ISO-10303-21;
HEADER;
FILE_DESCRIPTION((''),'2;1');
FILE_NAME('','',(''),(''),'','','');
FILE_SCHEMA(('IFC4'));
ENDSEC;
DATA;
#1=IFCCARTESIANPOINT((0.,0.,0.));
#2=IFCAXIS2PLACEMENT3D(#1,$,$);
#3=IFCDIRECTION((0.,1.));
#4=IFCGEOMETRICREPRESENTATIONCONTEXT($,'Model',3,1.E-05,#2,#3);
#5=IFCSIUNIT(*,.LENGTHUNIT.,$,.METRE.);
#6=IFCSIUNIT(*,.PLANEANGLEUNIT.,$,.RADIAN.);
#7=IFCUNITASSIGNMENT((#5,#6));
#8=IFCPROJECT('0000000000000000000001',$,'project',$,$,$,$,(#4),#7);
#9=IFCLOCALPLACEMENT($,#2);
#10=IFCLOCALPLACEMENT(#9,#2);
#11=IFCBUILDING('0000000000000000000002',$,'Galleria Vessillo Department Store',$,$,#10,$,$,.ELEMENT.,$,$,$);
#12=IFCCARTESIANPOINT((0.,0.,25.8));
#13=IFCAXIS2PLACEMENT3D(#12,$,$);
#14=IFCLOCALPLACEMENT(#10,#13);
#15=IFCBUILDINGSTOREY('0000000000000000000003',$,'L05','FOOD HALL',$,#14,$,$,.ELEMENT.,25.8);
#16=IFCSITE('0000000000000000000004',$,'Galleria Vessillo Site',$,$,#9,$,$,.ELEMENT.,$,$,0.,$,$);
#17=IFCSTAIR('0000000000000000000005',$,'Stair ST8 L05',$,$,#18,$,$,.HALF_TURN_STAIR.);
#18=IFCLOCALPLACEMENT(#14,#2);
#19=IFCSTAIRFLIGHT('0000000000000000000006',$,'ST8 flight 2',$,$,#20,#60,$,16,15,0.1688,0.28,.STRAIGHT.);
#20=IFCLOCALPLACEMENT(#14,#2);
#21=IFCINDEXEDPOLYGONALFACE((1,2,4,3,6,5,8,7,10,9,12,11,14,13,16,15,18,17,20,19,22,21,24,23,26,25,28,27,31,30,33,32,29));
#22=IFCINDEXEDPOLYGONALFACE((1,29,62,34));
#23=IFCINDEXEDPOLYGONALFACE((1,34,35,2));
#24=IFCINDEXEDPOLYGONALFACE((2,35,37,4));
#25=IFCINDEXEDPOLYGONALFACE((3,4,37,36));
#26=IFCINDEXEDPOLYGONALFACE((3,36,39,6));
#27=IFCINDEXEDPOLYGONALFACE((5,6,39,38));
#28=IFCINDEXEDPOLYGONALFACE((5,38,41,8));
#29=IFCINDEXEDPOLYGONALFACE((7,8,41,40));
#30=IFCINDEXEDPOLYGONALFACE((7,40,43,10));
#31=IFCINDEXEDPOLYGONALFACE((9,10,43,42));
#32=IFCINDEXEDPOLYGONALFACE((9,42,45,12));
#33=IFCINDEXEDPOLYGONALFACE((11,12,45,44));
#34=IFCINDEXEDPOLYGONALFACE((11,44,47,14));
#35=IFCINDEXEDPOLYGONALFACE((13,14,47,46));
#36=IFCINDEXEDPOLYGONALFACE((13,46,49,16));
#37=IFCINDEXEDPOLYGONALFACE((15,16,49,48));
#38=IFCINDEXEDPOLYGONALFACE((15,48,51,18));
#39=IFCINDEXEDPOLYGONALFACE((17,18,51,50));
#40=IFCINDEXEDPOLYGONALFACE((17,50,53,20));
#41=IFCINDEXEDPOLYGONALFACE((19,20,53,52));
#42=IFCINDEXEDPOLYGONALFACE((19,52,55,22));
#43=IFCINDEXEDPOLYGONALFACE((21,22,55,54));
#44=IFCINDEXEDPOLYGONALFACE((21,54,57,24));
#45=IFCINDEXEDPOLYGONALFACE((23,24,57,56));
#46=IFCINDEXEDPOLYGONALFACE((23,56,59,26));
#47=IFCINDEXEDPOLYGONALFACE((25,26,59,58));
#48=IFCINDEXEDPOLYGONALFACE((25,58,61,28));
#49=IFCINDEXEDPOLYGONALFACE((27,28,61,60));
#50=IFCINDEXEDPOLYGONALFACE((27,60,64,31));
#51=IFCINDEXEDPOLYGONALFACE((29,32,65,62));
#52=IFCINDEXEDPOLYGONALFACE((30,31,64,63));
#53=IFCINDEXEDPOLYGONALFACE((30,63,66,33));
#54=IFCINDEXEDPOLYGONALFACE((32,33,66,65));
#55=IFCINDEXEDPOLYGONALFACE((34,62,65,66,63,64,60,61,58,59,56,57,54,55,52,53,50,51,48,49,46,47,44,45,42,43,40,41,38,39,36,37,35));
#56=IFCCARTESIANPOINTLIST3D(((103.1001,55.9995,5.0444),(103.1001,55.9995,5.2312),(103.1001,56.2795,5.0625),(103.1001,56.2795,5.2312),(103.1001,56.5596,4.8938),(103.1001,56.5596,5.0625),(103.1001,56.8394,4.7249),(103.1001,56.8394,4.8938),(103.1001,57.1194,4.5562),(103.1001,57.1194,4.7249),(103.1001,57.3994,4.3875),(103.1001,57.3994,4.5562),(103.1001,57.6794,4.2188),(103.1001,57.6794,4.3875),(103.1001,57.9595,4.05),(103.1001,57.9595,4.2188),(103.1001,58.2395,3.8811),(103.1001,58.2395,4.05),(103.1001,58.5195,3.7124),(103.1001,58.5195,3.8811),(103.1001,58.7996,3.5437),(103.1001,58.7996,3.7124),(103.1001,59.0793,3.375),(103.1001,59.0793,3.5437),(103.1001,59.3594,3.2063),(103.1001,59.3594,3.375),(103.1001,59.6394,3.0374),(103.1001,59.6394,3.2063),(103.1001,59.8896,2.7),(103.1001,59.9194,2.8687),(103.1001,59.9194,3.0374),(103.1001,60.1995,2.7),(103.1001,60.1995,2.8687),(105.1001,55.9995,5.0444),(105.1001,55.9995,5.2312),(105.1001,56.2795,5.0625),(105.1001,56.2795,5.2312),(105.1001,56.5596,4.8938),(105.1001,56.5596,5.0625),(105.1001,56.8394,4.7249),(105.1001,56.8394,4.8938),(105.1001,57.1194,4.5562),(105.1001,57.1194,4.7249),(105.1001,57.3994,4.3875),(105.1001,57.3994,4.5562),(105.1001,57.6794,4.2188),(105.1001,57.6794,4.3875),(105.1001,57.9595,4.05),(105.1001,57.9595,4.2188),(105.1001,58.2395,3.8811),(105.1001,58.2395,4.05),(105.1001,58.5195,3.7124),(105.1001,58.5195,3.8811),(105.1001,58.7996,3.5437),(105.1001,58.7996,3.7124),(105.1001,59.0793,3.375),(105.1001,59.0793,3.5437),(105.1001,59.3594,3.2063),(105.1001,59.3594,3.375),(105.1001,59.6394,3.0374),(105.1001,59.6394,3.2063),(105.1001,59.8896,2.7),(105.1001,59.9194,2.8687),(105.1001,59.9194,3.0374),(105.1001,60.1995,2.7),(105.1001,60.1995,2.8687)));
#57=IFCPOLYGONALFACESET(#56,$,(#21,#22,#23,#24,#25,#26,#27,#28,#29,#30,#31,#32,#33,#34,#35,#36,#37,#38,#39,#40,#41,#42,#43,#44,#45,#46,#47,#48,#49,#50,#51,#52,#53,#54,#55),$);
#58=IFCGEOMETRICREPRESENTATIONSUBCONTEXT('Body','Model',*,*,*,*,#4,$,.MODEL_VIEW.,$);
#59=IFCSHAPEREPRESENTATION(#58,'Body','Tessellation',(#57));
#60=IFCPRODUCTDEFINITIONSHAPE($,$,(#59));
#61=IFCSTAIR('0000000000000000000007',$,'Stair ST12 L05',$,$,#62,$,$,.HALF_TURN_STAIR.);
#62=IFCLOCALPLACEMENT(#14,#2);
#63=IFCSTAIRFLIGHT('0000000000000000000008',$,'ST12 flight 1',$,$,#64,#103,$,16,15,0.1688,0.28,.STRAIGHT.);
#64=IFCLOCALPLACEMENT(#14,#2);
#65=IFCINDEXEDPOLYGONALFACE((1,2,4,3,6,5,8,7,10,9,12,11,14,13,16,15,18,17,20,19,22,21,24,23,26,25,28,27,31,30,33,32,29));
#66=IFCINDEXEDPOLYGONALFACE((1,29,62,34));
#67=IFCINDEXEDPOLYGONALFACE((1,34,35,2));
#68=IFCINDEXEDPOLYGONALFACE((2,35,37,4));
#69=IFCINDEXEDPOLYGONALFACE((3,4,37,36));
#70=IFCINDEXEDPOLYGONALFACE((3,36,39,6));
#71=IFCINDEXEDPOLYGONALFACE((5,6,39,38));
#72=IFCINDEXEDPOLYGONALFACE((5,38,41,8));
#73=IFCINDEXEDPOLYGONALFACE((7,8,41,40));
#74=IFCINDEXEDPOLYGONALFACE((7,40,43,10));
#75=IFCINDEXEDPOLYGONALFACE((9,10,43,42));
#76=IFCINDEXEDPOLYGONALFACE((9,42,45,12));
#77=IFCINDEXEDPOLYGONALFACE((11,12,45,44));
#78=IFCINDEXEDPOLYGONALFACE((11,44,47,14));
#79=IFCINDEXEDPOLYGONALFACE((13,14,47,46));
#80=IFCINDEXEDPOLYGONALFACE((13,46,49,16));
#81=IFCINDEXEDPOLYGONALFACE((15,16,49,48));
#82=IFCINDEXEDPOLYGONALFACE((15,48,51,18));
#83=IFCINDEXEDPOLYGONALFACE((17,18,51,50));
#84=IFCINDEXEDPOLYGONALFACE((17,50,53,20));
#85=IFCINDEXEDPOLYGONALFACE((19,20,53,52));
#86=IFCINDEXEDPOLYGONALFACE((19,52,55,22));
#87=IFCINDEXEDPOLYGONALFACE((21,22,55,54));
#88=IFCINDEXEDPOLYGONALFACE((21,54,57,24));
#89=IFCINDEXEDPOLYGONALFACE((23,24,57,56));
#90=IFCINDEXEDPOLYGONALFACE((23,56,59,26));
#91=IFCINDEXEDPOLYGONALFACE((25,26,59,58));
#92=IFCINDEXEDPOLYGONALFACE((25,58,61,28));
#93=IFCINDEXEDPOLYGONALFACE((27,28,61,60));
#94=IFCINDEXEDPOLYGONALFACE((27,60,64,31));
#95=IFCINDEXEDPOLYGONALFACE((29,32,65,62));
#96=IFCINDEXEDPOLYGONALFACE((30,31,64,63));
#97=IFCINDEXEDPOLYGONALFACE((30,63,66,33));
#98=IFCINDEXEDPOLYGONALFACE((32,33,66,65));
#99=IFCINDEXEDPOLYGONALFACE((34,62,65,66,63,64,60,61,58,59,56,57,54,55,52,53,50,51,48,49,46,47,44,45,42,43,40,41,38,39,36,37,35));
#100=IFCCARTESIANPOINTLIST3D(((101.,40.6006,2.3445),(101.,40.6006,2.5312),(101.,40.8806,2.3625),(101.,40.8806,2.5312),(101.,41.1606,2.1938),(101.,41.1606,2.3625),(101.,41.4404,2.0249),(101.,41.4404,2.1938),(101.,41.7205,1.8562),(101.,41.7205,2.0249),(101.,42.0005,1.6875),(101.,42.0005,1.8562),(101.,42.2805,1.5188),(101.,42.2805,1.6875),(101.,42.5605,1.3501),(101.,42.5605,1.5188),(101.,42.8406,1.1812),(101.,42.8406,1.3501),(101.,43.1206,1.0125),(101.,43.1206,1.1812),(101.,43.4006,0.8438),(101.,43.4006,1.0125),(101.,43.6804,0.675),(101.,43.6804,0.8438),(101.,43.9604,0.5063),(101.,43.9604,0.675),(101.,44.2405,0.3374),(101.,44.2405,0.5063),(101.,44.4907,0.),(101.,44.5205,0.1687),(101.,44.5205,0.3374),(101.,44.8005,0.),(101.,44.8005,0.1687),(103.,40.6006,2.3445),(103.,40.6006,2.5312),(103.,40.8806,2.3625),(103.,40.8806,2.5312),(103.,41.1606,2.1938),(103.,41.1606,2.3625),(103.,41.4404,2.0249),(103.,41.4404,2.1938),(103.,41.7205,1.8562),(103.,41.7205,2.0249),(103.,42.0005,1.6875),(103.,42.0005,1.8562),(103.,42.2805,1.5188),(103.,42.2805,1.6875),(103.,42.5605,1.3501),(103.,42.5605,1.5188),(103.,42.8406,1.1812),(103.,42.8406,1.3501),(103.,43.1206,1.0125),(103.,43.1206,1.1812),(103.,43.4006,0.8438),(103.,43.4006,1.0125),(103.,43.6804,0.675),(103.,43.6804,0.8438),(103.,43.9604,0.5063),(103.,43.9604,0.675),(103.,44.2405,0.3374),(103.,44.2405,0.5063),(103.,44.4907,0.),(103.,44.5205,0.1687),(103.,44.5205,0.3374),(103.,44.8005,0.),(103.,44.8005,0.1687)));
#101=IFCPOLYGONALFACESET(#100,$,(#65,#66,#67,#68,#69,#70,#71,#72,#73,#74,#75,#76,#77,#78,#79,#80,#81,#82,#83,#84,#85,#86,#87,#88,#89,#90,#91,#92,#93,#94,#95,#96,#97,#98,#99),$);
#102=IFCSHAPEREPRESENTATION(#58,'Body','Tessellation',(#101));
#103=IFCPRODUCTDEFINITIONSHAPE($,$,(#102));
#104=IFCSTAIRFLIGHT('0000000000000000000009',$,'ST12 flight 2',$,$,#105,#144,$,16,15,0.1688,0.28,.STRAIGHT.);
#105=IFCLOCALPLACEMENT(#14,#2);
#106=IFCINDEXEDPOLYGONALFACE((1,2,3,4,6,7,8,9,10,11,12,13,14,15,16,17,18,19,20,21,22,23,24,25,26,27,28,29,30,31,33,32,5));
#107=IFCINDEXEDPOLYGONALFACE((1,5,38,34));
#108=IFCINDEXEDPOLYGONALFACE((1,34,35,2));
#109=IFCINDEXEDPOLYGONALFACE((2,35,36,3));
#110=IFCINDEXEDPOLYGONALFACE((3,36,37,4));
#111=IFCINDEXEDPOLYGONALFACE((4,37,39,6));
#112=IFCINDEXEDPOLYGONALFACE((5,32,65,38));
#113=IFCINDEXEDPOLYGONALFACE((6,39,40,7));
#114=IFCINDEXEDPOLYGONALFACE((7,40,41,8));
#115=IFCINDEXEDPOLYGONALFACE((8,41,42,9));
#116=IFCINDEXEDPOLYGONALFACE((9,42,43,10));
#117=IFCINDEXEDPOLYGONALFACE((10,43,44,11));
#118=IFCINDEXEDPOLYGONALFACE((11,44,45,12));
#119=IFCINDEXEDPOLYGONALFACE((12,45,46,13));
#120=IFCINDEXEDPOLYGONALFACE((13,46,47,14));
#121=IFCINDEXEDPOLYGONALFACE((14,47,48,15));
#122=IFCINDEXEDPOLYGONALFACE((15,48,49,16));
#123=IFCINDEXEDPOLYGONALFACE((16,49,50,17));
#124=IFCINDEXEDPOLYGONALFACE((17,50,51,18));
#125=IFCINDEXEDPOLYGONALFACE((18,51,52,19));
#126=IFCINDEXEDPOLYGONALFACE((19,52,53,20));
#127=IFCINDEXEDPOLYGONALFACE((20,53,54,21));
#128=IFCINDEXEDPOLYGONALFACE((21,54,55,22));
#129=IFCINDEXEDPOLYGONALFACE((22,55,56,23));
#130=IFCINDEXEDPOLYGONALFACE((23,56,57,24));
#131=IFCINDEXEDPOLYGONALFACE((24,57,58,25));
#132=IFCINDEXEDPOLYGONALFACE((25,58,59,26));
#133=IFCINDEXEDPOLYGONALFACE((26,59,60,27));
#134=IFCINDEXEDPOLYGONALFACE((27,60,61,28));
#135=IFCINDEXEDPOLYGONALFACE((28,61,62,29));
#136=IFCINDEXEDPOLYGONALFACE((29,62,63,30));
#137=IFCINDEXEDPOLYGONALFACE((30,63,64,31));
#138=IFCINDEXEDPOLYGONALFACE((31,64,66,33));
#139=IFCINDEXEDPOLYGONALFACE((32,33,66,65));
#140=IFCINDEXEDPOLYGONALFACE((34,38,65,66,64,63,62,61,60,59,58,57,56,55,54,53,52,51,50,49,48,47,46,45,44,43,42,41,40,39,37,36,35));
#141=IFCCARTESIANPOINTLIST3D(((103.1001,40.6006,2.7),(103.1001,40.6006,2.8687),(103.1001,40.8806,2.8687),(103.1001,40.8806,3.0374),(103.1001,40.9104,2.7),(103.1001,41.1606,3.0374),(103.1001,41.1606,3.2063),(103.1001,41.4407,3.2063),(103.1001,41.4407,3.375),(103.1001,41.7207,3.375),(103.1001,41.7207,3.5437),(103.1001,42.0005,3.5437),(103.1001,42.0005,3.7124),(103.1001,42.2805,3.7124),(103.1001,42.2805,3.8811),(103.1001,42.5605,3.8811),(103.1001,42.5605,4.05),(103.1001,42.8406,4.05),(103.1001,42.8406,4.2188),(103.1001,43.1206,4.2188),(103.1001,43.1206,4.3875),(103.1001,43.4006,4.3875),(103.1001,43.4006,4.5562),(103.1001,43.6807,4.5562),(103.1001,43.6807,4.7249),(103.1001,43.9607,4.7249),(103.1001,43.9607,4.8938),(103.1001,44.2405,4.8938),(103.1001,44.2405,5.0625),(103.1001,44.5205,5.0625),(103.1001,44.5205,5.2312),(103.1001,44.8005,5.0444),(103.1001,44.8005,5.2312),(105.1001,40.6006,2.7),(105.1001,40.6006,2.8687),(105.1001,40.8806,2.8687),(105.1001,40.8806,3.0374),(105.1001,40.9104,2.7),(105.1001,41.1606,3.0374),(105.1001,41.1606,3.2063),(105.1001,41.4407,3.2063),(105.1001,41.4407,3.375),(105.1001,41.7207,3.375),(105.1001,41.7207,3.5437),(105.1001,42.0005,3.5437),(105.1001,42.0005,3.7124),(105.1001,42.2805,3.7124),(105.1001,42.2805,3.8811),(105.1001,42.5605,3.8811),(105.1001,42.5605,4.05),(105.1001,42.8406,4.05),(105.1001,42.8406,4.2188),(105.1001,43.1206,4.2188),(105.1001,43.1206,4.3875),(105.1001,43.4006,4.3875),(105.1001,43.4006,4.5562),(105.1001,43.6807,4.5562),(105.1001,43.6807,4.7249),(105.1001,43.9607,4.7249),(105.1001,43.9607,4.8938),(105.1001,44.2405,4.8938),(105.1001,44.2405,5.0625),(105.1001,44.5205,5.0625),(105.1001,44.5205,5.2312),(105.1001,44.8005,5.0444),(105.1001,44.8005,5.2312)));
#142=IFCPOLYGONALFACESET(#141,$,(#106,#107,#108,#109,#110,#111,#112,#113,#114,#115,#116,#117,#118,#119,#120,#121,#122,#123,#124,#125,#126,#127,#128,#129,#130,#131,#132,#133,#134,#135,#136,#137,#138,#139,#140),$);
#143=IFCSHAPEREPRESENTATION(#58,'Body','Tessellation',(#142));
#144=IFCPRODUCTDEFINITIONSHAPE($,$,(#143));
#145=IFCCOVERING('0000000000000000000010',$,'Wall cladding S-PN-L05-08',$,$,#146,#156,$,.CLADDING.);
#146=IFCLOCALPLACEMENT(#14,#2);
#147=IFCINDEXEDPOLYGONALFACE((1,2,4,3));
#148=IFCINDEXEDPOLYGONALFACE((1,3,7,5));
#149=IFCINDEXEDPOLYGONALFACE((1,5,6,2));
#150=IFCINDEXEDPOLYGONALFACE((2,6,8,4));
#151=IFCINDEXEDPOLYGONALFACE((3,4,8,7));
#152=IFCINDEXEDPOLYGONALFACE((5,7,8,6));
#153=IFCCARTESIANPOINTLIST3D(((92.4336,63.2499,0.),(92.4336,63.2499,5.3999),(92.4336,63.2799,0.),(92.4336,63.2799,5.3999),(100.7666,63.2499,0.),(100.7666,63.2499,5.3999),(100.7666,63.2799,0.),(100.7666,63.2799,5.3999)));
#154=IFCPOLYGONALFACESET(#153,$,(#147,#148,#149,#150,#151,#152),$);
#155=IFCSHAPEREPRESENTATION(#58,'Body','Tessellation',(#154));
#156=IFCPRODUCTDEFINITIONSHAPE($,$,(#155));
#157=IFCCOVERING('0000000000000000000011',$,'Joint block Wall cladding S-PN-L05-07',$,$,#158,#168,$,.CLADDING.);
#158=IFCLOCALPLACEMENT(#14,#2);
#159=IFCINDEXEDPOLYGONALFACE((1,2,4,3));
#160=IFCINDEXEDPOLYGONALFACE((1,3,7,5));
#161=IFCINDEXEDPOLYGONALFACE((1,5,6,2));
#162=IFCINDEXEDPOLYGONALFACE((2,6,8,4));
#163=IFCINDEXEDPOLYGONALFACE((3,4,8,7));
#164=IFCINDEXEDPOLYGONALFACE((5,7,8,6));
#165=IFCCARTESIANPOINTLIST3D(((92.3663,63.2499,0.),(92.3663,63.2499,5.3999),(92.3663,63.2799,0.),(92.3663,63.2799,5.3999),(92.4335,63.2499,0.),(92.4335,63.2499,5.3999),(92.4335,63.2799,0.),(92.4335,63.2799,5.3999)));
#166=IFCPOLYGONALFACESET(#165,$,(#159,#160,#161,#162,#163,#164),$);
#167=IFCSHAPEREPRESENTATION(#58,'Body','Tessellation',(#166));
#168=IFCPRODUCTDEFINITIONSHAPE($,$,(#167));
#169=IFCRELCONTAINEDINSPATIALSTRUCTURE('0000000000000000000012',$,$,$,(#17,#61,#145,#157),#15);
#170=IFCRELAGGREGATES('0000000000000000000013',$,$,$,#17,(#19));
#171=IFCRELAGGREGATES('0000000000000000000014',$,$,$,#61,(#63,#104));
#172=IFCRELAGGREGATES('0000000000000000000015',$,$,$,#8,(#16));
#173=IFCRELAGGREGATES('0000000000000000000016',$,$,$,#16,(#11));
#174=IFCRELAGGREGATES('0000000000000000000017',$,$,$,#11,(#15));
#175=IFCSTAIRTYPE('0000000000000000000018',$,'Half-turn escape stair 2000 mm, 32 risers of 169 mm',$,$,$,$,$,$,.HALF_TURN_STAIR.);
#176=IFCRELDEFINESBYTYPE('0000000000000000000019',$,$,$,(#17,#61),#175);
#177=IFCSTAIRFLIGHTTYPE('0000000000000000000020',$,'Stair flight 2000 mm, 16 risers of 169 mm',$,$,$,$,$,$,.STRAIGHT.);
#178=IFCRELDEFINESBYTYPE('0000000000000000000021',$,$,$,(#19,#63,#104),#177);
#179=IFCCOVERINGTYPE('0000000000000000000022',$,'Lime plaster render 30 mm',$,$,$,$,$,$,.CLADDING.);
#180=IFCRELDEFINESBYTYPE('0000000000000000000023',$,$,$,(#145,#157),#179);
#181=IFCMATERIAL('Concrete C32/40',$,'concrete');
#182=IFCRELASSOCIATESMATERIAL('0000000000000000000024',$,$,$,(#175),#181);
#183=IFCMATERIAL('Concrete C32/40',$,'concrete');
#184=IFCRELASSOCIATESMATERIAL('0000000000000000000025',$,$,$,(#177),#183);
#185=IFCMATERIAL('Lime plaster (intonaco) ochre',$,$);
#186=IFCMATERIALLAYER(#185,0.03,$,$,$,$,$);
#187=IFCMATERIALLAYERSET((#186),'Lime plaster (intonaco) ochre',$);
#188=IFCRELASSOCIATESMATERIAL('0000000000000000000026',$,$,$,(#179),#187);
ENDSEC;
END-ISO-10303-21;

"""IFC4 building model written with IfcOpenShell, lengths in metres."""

from ifc_helpers import new_model, si_unit, direction, frame, origin, origin_2d, place, context, subcontext, project, spatial, polyline, rectangle, outline, extrude, material, layer, layer_set, type_object, element, aggregate, save


model = new_model("IFC4")

# Units and contexts
model_context = context("Model", 3, precision=1e-05, world=origin(), true_north=direction((0.0, 1.0)))
body_context = subcontext(model_context, "Body", "Model", "MODEL_VIEW")
ifc_project = project(units=[si_unit("LENGTHUNIT", "METRE"), si_unit("PLANEANGLEUNIT", "RADIAN")], contexts=[model_context])

# Site, building, storey
site_placement = place(None, origin())
site = spatial("IfcSite", under=ifc_project, at=site_placement, Name="Galleria Vessillo Site", CompositionType="ELEMENT", RefElevation=0.0)
building_placement = place(site_placement, origin())
building = spatial("IfcBuilding", under=site, at=building_placement, Name="Galleria Vessillo Department Store", CompositionType="ELEMENT")
storey_placement = place(building_placement, frame((0.0, 0.0, 25.8)))
storey = spatial("IfcBuildingStorey", under=building, at=storey_placement, Name="L05", Description="FOOD HALL", CompositionType="ELEMENT", Elevation=25.8)

# Stairs, stair flights
ifc_material_1 = material(Name="Concrete C32/40", Category="concrete")
stair_type = type_object("IfcStairType", Name="Half-turn escape stair 2000 mm, 32 risers of 169 mm", PredefinedType="HALF_TURN_STAIR", material=ifc_material_1)
stair_1_placement = place(storey_placement, origin())
stair_1 = element("IfcStair", 1, at=stair_1_placement, inside=storey, type_object=stair_type, Name="Stair ST8 L05", PredefinedType="HALF_TURN_STAIR")
ifc_material_2 = material(Name="Concrete C32/40", Category="concrete")
stair_flight_type = type_object("IfcStairFlightType", Name="Stair flight 2000 mm, 16 risers of 169 mm", PredefinedType="STRAIGHT", material=ifc_material_2)
stair_flight_1_placement = place(storey_placement, frame((104.1001, 60.1995, 2.7), z_axis=(0.0, 0.0, 1.0), x_axis=(0.0, -1.0, 0.0)))
stair_flight_1 = element("IfcStairFlight", 2, at=stair_flight_1_placement, type_object=stair_flight_type, Name="ST8 flight 2", NumberOfRisers=16, NumberOfTreads=15, PredefinedType="STRAIGHT", RiserHeight=0.1688, TreadLength=0.28, context=body_context, shape_type="SweptSolid", body=[
    extrude(outline(polyline([(0.0, 0.0), (0.0, 0.1687), (0.28, 0.1687), (0.28, 0.3374), (0.5601, 0.3374), (0.5601, 0.5063), (0.8401, 0.5063), (0.8401, 0.675), (1.1201, 0.675), (1.1201, 0.8438), (1.3999, 0.8438), (1.3999, 1.0125), (1.6799, 1.0125), (1.6799, 1.1812), (1.96, 1.1812), (1.96, 1.3501), (2.24, 1.3501), (2.24, 1.5188), (2.52, 1.5188), (2.52, 1.6875), (2.8, 1.6875), (2.8, 1.8562), (3.0801, 1.8562), (3.0801, 2.0249), (3.3601, 2.0249), (3.3601, 2.1938), (3.6399, 2.1938), (3.6399, 2.3625), (3.9199, 2.3625), (3.9199, 2.5312), (4.2, 2.5312), (4.2, 2.7), (4.2, 2.3445), (0.3098, 0.0), (0.0, 0.0)])), frame((0.0, 1.0, 0.0), z_axis=(0.0, -1.0, 0.0), x_axis=(1.0, 0.0, 0.0)), (0.0, 0.0, 1.0), 2.0),
])
aggregate(stair_1, [stair_flight_1])
stair_2_placement = place(storey_placement, origin())
stair_2 = element("IfcStair", 3, at=stair_2_placement, inside=storey, type_object=stair_type, Name="Stair ST12 L05", PredefinedType="HALF_TURN_STAIR")
stair_flight_2_placement = place(storey_placement, frame((102.0, 44.8005, 0.0), z_axis=(0.0, 0.0, 1.0), x_axis=(0.0, -1.0, 0.0)))
stair_flight_2 = element("IfcStairFlight", 4, at=stair_flight_2_placement, type_object=stair_flight_type, Name="ST12 flight 1", NumberOfRisers=16, NumberOfTreads=15, PredefinedType="STRAIGHT", RiserHeight=0.1688, TreadLength=0.28, context=body_context, shape_type="SweptSolid", body=[
    extrude(outline(polyline([(0.0, 0.0), (0.0, 0.1687), (0.28, 0.1687), (0.28, 0.3374), (0.5601, 0.3374), (0.5601, 0.5063), (0.8401, 0.5063), (0.8401, 0.675), (1.1201, 0.675), (1.1201, 0.8438), (1.3999, 0.8438), (1.3999, 1.0125), (1.6799, 1.0125), (1.6799, 1.1812), (1.96, 1.1812), (1.96, 1.3501), (2.24, 1.3501), (2.24, 1.5188), (2.52, 1.5188), (2.52, 1.6875), (2.8, 1.6875), (2.8, 1.8562), (3.0801, 1.8562), (3.0801, 2.0249), (3.3601, 2.0249), (3.3601, 2.1938), (3.6399, 2.1938), (3.6399, 2.3625), (3.9199, 2.3625), (3.9199, 2.5312), (4.2, 2.5312), (4.2, 2.7), (4.2, 2.3445), (0.3098, 0.0), (0.0, 0.0)])), frame((0.0, 1.0, 0.0), z_axis=(0.0, -1.0, 0.0), x_axis=(1.0, 0.0, 0.0)), (0.0, 0.0, 1.0), 2.0),
])
stair_flight_3_placement = place(storey_placement, frame((104.1001, 40.6006, 2.7), z_axis=(0.0, 0.0, 1.0), x_axis=(0.0, 1.0, 0.0)))
stair_flight_3 = element("IfcStairFlight", 5, at=stair_flight_3_placement, type_object=stair_flight_type, Name="ST12 flight 2", NumberOfRisers=16, NumberOfTreads=15, PredefinedType="STRAIGHT", RiserHeight=0.1688, TreadLength=0.28, context=body_context, shape_type="SweptSolid", body=[
    extrude(outline(polyline([(0.0, 0.0), (0.0, 0.1687), (0.28, 0.1687), (0.28, 0.3374), (0.5601, 0.3374), (0.5601, 0.5063), (0.8401, 0.5063), (0.8401, 0.675), (1.1201, 0.675), (1.1201, 0.8438), (1.3999, 0.8438), (1.3999, 1.0125), (1.6799, 1.0125), (1.6799, 1.1812), (1.96, 1.1812), (1.96, 1.3501), (2.24, 1.3501), (2.24, 1.5188), (2.52, 1.5188), (2.52, 1.6875), (2.8, 1.6875), (2.8, 1.8562), (3.0801, 1.8562), (3.0801, 2.0249), (3.3601, 2.0249), (3.3601, 2.1938), (3.6399, 2.1938), (3.6399, 2.3625), (3.9199, 2.3625), (3.9199, 2.5312), (4.2, 2.5312), (4.2, 2.7), (4.2, 2.3445), (0.3098, 0.0), (0.0, 0.0)])), frame((0.0, 1.0, 0.0), z_axis=(0.0, -1.0, 0.0), x_axis=(1.0, 0.0, 0.0)), (0.0, 0.0, 1.0), 2.0),
])
aggregate(stair_2, [stair_flight_2, stair_flight_3])

# Coverings
ifc_material_3 = material(Name="Lime plaster (intonaco) ochre")
ifc_layer_1 = layer(ifc_material_3, 0.03)
ifc_layer_set_1 = layer_set([ifc_layer_1], Name="Lime plaster (intonaco) ochre")
covering_type = type_object("IfcCoveringType", Name="Lime plaster render 30 mm", PredefinedType="CLADDING", material=ifc_layer_set_1)
covering_1_placement = place(storey_placement, frame((96.6001, 63.2649, 0.0), z_axis=(0.0, 0.0, 1.0), x_axis=(1.0, 0.0, 0.0)))
element("IfcCovering", 6, at=covering_1_placement, inside=storey, type_object=covering_type, Name="Wall cladding S-PN-L05-08", PredefinedType="CLADDING", context=body_context, shape_type="SweptSolid", body=[
    extrude(rectangle(XDim=8.333, YDim=0.03, at=origin_2d()), origin(), (0.0, 0.0, 1.0), 5.3999),
])
covering_2_placement = place(storey_placement, frame((92.3999, 63.2649, 0.0), z_axis=(0.0, 0.0, 1.0), x_axis=(1.0, 0.0, 0.0)))
element("IfcCovering", 7, at=covering_2_placement, inside=storey, type_object=covering_type, Name="Joint block Wall cladding S-PN-L05-07", PredefinedType="CLADDING", context=body_context, shape_type="SweptSolid", body=[
    extrude(rectangle(XDim=0.0671, YDim=0.03, at=origin_2d()), origin(), (0.0, 0.0, 1.0), 5.3999),
])

save(model, "model.ifc")
